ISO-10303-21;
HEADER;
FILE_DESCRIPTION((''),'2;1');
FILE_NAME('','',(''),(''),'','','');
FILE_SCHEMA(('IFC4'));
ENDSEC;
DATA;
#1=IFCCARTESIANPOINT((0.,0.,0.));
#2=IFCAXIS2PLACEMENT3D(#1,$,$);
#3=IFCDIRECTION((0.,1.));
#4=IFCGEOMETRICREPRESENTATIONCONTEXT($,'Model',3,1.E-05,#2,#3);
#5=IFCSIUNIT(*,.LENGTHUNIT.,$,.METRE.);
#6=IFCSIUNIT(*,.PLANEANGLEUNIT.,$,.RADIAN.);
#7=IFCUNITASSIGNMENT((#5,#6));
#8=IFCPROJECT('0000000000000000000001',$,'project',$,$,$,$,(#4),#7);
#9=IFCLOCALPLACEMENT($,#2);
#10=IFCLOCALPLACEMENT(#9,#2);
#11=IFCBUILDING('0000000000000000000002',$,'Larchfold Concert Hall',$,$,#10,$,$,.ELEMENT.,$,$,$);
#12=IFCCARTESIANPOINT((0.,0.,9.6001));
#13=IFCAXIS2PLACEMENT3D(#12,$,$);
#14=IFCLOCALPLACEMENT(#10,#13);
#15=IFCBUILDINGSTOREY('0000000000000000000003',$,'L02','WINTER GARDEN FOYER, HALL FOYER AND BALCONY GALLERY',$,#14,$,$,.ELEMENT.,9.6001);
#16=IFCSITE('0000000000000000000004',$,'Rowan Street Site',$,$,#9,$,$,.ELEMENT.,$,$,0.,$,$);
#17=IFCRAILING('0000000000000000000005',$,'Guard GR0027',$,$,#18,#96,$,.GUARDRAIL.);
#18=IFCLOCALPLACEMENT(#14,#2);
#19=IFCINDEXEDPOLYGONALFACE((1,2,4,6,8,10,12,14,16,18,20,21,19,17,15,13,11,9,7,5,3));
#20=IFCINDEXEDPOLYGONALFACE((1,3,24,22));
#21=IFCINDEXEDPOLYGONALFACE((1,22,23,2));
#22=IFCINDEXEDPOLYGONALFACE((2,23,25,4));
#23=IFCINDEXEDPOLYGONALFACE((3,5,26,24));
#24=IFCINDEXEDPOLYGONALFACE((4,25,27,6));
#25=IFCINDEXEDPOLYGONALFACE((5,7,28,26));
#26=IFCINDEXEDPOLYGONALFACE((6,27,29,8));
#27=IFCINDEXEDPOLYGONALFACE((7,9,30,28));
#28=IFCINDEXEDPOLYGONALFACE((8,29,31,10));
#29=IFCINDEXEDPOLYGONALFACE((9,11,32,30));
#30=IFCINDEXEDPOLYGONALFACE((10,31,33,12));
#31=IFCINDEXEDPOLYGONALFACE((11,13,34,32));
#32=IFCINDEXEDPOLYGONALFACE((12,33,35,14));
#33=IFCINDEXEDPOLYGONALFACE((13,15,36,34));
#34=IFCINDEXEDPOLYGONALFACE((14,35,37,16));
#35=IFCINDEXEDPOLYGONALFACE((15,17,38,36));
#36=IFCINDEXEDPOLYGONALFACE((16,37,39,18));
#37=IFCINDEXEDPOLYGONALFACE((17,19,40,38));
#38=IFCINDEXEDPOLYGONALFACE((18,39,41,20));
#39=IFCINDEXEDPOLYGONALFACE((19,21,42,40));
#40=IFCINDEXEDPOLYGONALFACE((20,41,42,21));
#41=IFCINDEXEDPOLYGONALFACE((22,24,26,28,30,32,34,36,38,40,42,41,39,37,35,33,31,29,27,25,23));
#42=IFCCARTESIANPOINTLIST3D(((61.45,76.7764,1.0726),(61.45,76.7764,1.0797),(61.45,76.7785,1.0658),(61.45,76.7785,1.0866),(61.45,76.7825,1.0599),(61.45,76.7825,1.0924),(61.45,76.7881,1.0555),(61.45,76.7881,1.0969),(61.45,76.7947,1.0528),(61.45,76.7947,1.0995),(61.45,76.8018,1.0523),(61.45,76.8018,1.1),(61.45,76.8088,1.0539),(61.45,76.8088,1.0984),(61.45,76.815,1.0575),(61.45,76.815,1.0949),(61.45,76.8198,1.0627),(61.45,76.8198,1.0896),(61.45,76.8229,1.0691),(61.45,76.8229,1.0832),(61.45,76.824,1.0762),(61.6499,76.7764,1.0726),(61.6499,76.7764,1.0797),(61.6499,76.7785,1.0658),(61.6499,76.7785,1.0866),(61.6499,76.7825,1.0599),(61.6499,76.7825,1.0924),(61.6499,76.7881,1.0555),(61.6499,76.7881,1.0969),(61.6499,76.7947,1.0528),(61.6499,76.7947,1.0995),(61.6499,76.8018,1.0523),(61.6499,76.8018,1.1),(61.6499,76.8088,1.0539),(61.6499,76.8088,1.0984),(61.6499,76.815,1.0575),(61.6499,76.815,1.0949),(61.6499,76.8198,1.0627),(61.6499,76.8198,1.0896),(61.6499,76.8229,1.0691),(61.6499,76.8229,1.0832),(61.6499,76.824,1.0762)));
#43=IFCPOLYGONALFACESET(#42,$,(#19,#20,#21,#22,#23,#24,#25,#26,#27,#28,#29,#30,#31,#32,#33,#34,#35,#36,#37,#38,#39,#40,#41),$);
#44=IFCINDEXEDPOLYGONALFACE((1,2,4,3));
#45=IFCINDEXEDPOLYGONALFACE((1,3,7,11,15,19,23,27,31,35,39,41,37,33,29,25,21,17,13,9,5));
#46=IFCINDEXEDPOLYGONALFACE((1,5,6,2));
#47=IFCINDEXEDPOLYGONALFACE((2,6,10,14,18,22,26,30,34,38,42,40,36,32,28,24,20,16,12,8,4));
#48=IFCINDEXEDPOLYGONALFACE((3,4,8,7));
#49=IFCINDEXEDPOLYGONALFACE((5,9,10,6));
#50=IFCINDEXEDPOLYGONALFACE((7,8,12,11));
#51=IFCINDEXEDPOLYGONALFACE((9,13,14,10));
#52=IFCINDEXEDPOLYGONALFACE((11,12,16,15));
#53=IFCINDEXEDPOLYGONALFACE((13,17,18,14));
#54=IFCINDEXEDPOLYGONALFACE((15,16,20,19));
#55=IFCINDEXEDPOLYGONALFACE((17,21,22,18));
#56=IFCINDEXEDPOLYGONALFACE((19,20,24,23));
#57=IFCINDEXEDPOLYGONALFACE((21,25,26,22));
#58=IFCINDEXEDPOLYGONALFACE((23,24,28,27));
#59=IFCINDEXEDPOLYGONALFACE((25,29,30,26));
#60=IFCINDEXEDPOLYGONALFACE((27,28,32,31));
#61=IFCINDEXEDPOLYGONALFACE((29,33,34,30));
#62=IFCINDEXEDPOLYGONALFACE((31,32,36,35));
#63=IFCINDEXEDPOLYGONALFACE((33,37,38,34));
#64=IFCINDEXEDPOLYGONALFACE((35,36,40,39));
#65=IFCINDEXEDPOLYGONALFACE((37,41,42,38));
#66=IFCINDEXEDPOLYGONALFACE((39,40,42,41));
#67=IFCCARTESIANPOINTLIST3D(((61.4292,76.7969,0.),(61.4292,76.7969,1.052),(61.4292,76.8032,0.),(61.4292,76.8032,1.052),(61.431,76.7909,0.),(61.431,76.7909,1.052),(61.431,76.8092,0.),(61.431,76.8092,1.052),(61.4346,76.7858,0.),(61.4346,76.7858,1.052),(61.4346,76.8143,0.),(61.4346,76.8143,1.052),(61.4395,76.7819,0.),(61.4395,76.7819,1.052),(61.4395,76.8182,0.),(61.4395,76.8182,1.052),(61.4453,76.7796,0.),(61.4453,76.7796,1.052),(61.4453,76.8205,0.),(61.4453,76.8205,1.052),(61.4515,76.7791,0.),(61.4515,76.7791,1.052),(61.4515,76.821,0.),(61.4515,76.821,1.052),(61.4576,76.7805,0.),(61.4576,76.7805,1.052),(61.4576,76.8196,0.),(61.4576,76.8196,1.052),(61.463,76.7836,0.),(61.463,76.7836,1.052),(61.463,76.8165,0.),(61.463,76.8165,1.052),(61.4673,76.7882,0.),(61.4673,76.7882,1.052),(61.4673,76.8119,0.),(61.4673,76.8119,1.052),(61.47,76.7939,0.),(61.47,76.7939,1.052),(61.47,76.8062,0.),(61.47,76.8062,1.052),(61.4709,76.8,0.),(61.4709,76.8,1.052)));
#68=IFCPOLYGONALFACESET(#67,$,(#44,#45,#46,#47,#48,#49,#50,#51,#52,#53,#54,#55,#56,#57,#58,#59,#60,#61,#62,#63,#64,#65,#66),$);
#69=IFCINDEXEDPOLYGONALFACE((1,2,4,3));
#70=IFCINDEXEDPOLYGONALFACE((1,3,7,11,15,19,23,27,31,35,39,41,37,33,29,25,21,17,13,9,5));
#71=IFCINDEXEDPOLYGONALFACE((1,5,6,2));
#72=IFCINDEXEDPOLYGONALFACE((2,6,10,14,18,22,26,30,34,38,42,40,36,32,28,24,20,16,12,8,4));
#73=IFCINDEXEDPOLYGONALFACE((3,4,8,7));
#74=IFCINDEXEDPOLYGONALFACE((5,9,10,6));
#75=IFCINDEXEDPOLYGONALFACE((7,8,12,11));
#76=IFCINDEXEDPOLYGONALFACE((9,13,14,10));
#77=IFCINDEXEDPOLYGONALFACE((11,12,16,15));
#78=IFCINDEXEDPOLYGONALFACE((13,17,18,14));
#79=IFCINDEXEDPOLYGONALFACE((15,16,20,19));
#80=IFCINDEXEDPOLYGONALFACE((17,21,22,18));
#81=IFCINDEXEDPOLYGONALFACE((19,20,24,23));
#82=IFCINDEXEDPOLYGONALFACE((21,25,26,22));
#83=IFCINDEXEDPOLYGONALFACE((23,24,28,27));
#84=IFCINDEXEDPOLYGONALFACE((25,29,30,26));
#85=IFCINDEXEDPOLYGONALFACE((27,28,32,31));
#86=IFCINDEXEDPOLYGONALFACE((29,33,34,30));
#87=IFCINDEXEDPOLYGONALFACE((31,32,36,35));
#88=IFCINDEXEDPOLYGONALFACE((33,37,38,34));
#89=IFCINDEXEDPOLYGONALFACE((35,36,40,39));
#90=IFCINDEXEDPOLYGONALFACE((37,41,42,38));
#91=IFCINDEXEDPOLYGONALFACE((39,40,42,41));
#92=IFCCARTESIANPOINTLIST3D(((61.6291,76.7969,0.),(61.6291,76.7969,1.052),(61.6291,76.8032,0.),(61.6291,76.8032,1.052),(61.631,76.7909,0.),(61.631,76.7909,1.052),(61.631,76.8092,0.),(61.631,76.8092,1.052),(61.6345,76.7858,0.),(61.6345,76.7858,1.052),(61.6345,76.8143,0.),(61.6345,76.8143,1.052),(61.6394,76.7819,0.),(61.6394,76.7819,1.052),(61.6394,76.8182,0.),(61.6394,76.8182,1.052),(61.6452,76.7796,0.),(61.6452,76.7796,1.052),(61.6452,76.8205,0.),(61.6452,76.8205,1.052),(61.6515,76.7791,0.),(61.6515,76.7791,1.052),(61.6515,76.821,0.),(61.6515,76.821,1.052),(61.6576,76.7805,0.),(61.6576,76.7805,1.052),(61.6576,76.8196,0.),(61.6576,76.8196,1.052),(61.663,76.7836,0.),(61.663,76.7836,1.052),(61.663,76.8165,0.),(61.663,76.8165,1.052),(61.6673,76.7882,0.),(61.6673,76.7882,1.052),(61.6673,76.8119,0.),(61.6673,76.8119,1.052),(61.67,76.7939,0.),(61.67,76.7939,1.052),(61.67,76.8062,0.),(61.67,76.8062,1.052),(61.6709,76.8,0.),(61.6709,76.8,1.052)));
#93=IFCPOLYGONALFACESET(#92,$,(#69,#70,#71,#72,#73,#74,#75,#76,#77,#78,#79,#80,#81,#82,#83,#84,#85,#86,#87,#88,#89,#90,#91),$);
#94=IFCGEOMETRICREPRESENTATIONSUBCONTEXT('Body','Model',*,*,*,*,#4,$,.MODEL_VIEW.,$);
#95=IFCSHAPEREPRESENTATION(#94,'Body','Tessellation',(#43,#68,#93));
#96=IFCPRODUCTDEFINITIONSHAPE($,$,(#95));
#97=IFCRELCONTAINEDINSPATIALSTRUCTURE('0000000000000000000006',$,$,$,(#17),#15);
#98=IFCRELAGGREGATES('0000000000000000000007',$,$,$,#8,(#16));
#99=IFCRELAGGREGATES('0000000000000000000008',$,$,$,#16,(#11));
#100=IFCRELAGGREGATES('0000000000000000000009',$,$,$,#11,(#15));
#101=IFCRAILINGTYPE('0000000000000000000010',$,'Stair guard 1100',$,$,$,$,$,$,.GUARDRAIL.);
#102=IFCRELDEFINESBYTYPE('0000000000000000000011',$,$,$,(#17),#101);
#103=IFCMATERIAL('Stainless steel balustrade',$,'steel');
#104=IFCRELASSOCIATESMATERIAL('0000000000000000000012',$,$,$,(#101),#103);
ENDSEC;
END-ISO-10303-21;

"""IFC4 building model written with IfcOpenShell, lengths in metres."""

from ifc_helpers import new_model, si_unit, direction, frame, origin, origin_2d, place, context, subcontext, project, spatial, circle, extrude, material, type_object, element, save


model = new_model("IFC4")

# Units and contexts
model_context = context("Model", 3, precision=1e-05, world=origin(), true_north=direction((0.0, 1.0)))
body_context = subcontext(model_context, "Body", "Model", "MODEL_VIEW")
ifc_project = project(units=[si_unit("LENGTHUNIT", "METRE"), si_unit("PLANEANGLEUNIT", "RADIAN")], contexts=[model_context])

# Site, building, storey
site_placement = place(None, origin())
site = spatial("IfcSite", under=ifc_project, at=site_placement, Name="Rowan Street Site", CompositionType="ELEMENT", RefElevation=0.0)
building_placement = place(site_placement, origin())
building = spatial("IfcBuilding", under=site, at=building_placement, Name="Larchfold Concert Hall", CompositionType="ELEMENT")
storey_placement = place(building_placement, frame((0.0, 0.0, 9.6001)))
storey = spatial("IfcBuildingStorey", under=building, at=storey_placement, Name="L02", Description="WINTER GARDEN FOYER, HALL FOYER AND BALCONY GALLERY", CompositionType="ELEMENT", Elevation=9.6001)

# Railing
ifc_material_1 = material(Name="Stainless steel balustrade", Category="steel")
railing_type_1 = type_object("IfcRailingType", Name="Stair guard 1100", PredefinedType="GUARDRAIL", material=ifc_material_1)
railing_1_placement = place(storey_placement, frame((61.45, 76.8, 0.0)))
element("IfcRailing", 1, at=railing_1_placement, inside=storey, type_object=railing_type_1, Name="Guard GR0027", PredefinedType="GUARDRAIL", context=body_context, shape_type="SweptSolid", body=[
    extrude(circle(Radius=0.0239, at=origin_2d()), frame((0.0, 0.0, 1.0762), z_axis=(1.0, 0.0, 0.0), x_axis=(0.0, 1.0, 0.0)), (0.0, 0.0, 1.0), 0.2),
    extrude(circle(Radius=0.021, at=origin_2d()), origin(), (0.0, 0.0, 1.0), 1.052),
    extrude(circle(Radius=0.021, at=origin_2d()), frame((0.2, 0.0, 0.0)), (0.0, 0.0, 1.0), 1.052),
])

save(model, "model.ifc")
